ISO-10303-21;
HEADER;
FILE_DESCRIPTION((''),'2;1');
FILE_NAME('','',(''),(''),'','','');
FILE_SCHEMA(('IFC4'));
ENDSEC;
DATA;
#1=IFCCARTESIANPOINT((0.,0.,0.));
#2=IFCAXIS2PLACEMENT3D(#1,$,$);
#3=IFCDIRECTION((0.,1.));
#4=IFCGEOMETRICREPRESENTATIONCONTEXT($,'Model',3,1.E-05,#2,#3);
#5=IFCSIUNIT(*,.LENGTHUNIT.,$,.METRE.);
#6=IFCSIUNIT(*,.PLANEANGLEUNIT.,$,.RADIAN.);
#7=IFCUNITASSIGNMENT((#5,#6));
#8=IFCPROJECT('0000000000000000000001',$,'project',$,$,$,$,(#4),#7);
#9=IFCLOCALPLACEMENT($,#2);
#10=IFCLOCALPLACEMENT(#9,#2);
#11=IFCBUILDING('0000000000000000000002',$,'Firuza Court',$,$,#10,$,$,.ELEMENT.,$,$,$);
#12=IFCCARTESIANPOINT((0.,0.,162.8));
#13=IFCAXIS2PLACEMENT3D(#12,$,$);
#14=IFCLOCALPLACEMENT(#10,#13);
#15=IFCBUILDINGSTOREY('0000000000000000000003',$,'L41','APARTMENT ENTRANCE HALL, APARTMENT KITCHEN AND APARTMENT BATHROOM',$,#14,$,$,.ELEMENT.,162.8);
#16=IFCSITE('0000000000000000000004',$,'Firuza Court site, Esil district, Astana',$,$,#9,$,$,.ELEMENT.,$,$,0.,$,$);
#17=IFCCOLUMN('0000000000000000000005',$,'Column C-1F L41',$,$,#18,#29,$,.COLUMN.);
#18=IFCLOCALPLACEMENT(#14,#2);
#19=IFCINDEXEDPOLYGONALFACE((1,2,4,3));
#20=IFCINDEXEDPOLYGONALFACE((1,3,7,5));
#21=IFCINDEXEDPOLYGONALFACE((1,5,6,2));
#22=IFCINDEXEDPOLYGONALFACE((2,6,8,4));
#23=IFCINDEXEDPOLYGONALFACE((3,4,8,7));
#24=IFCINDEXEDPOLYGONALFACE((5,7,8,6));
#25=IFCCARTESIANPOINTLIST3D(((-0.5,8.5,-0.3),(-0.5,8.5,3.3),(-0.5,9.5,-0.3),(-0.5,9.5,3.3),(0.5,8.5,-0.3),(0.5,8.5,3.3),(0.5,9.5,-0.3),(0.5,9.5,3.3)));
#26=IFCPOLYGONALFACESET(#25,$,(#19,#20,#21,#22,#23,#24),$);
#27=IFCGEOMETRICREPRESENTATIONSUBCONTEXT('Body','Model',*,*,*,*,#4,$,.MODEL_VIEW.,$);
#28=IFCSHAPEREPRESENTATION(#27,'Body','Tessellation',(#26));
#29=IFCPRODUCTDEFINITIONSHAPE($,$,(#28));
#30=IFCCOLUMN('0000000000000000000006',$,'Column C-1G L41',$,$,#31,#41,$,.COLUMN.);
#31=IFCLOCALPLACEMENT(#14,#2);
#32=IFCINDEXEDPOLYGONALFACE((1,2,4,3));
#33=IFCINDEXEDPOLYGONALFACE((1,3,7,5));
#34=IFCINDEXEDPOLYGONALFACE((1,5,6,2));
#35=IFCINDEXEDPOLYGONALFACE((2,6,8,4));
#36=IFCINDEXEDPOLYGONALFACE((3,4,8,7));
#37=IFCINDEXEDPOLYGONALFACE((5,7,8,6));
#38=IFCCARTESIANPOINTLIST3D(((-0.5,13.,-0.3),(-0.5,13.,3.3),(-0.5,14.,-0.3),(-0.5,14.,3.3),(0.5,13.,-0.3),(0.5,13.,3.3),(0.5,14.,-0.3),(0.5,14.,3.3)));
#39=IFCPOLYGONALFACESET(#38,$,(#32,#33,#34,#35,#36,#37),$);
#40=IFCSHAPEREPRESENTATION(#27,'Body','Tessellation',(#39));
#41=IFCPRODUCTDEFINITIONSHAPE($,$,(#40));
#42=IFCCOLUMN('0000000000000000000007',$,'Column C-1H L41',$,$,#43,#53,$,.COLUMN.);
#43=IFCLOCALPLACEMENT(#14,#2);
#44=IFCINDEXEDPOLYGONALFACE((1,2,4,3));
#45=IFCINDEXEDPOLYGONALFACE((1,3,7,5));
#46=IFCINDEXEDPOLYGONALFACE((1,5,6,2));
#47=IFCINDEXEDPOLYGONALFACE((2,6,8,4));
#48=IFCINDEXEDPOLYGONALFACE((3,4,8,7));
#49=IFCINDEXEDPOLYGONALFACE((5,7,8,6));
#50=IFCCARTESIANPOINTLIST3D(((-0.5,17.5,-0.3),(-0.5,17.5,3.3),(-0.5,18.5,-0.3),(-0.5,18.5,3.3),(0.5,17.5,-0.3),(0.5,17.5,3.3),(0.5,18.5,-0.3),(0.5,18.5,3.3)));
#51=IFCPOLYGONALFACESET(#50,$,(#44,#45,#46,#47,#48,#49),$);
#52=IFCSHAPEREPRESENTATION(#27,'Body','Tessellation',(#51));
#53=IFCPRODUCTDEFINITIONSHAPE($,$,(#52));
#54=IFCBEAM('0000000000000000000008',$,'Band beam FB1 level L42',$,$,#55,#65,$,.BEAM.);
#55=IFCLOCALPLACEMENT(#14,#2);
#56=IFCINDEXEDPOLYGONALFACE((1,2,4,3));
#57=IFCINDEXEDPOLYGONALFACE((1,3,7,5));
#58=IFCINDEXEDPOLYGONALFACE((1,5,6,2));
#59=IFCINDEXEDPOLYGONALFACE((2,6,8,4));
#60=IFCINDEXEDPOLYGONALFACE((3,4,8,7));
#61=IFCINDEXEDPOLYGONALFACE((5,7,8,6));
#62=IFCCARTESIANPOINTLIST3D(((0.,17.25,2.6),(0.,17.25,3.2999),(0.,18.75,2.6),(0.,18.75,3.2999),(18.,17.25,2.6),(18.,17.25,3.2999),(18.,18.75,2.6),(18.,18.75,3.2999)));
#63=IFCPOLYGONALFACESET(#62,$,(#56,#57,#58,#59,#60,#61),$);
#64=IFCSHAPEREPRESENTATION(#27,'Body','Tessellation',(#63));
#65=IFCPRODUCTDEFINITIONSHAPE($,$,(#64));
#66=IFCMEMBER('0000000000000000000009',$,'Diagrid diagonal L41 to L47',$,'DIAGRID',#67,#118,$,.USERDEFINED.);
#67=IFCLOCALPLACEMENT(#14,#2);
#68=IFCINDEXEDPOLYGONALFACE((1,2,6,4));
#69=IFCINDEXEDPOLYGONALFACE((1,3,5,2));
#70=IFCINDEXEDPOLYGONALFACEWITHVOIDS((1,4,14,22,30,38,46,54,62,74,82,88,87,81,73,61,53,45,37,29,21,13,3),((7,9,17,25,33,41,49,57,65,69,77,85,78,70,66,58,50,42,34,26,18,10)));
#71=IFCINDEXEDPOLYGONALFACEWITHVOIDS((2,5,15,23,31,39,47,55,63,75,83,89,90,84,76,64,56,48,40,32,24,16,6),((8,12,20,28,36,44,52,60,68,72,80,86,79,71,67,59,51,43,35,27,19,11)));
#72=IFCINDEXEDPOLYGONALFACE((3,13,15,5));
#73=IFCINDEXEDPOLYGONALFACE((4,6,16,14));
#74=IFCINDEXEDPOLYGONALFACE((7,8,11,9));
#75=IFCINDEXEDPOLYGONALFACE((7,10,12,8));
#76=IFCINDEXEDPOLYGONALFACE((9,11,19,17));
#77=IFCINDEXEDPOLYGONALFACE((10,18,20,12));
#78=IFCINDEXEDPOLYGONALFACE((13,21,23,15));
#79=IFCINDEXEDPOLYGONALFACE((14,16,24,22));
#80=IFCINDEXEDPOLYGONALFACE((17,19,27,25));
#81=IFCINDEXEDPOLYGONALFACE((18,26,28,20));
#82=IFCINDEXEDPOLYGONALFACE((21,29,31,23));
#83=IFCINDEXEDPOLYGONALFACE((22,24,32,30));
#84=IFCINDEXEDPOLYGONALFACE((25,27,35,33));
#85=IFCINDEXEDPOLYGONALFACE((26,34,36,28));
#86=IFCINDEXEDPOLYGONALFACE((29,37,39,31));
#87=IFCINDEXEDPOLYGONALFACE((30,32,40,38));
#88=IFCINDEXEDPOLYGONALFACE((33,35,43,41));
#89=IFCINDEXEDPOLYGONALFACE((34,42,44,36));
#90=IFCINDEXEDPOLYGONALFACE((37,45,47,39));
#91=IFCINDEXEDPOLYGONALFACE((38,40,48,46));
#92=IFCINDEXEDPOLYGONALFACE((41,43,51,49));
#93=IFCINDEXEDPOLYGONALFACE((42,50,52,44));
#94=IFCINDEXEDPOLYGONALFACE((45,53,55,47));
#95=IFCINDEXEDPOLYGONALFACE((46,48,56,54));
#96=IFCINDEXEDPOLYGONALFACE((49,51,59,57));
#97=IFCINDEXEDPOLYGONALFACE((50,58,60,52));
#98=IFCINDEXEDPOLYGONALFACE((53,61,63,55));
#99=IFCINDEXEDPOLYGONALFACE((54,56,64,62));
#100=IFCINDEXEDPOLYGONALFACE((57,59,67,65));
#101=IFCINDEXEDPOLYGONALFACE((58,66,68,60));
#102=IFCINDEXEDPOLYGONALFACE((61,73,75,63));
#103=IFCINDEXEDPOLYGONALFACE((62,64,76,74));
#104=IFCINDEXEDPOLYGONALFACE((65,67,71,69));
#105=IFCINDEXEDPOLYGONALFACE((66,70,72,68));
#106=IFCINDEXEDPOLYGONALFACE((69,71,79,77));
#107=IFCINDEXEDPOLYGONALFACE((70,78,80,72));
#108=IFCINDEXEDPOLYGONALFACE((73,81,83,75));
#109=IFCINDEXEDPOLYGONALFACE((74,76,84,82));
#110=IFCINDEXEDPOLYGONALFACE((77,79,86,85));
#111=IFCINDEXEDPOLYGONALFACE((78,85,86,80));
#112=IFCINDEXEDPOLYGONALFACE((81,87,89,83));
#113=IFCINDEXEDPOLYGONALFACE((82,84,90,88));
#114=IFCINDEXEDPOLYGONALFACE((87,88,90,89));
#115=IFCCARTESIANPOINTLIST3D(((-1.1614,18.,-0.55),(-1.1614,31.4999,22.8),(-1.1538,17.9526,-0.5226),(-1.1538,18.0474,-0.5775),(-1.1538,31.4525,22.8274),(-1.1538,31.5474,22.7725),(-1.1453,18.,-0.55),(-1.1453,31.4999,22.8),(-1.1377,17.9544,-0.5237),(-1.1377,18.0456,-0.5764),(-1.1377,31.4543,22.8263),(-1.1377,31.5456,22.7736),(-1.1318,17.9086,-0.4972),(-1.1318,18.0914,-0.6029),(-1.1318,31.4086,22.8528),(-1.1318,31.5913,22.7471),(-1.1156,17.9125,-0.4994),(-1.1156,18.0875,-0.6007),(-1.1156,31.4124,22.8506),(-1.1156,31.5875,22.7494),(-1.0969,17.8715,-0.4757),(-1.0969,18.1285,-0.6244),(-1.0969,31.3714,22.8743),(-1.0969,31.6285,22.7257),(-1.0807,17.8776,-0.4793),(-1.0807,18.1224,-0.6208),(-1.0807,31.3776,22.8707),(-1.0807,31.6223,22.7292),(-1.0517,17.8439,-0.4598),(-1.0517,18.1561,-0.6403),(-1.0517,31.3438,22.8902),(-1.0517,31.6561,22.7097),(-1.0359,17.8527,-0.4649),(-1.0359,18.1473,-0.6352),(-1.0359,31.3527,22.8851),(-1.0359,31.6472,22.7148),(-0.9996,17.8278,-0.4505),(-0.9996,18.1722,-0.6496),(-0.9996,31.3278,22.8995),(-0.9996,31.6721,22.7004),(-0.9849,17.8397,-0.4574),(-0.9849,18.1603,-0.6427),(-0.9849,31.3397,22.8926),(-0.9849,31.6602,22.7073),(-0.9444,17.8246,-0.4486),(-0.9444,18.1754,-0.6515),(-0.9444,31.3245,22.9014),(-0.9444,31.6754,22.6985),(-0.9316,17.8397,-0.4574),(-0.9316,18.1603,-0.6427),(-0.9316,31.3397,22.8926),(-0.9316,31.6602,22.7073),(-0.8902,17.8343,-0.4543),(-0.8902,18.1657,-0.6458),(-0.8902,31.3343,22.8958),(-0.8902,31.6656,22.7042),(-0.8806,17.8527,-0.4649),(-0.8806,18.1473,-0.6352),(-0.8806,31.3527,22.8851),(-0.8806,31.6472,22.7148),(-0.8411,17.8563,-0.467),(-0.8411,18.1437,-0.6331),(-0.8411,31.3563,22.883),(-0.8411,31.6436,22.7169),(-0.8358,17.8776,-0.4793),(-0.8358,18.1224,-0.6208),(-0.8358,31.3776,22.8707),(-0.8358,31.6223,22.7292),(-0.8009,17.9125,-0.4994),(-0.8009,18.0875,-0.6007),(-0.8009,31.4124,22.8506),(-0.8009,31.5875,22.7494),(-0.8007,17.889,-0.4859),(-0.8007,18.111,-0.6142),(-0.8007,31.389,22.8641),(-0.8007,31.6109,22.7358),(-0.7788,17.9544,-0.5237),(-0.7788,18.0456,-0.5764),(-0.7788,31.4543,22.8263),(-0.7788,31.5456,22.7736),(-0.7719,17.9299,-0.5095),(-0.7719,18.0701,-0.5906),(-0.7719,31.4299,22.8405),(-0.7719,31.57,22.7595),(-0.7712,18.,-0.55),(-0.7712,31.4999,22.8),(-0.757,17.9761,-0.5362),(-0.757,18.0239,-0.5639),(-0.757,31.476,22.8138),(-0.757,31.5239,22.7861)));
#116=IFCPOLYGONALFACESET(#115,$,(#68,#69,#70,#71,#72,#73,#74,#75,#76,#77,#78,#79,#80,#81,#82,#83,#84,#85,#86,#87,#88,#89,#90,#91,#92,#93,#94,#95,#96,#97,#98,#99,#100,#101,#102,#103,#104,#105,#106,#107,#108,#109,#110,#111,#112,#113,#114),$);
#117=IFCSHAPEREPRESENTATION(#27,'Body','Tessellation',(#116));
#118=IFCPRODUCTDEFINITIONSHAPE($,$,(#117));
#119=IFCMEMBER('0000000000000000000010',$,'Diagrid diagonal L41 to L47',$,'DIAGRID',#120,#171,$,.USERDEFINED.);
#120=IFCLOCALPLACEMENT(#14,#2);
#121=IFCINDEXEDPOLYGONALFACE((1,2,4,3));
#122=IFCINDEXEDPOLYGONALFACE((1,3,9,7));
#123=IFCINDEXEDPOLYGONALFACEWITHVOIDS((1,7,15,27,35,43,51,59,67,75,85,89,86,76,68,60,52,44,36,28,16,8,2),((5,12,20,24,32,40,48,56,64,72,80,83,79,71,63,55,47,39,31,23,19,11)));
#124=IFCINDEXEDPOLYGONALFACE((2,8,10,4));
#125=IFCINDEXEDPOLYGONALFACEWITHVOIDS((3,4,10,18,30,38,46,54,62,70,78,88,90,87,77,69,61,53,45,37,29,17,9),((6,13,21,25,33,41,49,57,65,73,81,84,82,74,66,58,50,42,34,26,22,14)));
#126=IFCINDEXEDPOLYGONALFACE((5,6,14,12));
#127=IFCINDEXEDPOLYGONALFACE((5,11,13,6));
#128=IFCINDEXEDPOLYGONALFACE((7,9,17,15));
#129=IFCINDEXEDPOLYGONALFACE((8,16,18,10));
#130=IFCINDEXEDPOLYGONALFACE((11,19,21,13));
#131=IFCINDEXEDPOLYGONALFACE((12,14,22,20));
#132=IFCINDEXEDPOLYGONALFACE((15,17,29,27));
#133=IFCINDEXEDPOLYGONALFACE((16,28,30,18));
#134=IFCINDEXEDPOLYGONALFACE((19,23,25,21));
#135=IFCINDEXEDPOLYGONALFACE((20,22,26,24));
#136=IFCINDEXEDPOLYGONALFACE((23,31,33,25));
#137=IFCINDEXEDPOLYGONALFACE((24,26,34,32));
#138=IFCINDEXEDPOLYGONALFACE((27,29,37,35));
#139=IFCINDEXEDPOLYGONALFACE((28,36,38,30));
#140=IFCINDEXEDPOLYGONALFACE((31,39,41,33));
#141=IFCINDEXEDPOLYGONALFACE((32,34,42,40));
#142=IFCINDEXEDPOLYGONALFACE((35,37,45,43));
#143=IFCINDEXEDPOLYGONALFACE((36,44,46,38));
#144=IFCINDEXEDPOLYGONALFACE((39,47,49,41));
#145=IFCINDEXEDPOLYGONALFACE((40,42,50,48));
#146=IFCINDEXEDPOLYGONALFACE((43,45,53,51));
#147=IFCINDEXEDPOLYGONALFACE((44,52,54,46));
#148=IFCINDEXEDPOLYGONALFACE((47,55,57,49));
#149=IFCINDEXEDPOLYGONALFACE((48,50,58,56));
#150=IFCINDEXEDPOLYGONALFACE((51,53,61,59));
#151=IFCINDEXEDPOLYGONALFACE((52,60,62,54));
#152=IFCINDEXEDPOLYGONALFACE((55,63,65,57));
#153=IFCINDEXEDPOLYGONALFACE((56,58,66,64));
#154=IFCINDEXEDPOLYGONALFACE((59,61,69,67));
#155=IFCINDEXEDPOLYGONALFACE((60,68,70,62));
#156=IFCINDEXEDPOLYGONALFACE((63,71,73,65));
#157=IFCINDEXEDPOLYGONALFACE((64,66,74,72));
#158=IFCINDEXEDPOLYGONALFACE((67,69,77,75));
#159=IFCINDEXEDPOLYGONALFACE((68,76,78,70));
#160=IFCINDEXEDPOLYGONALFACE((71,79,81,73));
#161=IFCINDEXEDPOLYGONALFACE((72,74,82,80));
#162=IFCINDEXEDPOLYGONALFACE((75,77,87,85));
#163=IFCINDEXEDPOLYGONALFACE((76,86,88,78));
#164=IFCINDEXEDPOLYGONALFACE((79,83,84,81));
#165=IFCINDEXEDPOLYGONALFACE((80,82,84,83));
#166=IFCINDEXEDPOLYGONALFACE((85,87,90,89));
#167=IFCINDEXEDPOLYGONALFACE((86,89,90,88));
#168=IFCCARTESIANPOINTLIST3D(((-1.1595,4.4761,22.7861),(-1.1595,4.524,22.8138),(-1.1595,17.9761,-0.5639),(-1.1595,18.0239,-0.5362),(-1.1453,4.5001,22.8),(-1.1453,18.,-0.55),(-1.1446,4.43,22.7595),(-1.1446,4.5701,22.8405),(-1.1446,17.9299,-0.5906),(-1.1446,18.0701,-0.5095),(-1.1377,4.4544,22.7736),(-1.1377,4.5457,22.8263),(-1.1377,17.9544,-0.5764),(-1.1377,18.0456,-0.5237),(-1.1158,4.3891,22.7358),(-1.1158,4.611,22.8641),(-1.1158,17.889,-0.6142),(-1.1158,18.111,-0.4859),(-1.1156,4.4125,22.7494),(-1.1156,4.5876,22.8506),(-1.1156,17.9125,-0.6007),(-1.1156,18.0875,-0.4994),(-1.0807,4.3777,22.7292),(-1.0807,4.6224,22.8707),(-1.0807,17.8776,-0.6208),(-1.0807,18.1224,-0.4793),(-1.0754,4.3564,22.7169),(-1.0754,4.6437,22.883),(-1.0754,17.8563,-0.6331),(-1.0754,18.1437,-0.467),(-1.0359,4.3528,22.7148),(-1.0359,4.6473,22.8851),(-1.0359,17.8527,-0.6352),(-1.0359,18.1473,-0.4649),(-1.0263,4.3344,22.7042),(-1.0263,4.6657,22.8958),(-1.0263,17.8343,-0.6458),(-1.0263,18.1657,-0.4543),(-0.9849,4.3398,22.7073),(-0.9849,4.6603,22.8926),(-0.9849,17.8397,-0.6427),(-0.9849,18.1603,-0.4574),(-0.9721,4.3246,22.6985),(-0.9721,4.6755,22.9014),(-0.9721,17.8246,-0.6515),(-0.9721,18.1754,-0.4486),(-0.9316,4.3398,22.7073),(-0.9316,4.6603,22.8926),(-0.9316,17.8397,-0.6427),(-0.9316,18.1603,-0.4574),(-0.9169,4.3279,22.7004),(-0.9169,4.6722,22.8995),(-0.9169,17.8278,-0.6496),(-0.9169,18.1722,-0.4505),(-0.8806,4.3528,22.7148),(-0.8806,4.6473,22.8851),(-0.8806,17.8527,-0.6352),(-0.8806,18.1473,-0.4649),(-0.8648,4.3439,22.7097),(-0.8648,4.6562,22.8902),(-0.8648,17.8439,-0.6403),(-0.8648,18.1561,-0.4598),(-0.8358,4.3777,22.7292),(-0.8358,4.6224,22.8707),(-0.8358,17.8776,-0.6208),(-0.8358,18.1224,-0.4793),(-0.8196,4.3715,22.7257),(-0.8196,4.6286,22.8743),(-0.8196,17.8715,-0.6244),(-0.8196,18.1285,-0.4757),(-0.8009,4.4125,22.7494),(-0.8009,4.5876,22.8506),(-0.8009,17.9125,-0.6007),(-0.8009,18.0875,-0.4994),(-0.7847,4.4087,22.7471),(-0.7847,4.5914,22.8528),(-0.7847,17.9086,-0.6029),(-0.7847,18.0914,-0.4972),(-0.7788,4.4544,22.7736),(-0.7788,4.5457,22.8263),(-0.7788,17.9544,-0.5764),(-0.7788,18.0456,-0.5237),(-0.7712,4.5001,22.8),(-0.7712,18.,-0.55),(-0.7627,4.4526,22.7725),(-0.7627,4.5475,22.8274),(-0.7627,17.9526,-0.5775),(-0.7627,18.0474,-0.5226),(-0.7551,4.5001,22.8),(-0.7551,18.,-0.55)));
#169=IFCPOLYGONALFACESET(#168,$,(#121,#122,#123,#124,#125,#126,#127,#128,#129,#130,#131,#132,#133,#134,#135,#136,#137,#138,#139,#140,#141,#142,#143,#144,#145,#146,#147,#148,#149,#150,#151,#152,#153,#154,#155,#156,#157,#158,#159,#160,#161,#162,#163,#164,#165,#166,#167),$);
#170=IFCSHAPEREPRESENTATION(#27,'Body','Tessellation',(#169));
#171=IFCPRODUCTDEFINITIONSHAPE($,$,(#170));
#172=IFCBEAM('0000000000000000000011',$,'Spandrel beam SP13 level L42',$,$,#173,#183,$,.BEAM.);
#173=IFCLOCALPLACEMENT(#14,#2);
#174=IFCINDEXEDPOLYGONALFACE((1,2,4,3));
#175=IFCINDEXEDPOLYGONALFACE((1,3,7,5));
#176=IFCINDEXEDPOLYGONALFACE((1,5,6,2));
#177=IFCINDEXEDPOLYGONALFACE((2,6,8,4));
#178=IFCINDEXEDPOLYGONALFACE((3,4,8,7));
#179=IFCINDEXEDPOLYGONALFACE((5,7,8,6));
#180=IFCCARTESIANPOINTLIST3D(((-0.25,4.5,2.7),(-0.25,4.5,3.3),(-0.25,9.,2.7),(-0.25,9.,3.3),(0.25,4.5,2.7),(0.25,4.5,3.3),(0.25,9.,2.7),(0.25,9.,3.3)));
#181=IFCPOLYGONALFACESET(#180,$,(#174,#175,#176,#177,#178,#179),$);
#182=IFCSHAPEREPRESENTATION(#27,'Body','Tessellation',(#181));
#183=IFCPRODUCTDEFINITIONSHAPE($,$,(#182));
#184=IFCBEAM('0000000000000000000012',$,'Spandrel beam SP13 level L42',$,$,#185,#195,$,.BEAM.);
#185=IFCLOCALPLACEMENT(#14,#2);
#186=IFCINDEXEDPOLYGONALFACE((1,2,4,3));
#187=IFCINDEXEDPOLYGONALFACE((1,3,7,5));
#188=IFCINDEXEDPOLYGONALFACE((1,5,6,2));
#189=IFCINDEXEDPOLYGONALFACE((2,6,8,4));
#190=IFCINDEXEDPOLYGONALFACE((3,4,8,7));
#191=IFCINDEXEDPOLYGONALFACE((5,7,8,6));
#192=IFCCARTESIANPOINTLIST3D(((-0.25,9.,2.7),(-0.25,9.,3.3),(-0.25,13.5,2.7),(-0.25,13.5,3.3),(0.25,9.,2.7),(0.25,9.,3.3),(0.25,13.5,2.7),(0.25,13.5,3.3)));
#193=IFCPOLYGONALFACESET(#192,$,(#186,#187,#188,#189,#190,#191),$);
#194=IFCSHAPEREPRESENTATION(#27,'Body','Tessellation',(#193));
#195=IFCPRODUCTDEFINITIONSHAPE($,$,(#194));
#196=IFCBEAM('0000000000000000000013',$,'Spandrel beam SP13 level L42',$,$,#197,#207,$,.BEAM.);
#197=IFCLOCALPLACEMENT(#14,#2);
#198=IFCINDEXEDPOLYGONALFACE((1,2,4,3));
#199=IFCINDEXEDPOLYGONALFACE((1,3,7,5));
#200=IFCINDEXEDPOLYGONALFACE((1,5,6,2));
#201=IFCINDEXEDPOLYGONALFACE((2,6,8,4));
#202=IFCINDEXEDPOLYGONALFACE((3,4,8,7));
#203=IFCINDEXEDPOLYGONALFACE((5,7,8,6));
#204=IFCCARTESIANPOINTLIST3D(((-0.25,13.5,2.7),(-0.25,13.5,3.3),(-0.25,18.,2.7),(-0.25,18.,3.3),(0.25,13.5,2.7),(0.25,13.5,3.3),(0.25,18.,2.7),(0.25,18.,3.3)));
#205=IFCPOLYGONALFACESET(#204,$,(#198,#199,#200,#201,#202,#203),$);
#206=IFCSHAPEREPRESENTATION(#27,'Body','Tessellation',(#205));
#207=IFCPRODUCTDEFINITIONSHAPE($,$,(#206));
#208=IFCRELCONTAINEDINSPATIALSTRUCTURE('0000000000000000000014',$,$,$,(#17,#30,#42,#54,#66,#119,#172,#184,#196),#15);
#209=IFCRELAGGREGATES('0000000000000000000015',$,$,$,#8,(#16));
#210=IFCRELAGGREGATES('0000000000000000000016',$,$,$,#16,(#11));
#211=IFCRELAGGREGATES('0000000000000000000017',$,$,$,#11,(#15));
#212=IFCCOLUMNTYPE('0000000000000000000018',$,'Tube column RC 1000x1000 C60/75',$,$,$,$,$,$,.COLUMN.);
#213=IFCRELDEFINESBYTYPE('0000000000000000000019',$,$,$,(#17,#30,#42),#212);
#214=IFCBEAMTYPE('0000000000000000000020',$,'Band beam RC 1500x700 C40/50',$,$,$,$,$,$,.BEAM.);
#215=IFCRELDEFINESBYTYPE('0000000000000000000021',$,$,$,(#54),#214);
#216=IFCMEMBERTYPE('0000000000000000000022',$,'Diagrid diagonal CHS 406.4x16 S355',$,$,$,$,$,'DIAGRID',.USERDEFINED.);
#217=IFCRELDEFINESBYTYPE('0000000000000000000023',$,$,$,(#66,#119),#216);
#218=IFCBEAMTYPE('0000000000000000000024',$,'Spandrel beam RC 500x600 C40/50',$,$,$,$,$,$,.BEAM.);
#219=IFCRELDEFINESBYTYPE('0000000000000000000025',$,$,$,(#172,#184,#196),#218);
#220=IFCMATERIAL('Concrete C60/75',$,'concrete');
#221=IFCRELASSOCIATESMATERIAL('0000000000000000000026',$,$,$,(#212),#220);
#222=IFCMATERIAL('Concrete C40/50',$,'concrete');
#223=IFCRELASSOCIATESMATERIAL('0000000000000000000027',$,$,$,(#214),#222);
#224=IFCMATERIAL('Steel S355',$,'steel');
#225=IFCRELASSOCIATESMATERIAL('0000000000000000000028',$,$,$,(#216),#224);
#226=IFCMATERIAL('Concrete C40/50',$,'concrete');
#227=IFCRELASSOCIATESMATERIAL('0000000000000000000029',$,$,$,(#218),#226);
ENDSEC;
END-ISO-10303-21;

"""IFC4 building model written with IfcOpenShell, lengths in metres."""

from ifc_helpers import new_model, si_unit, direction, frame, origin, origin_2d, place, context, subcontext, project, spatial, rectangle, hollow_circle, extrude, material, material_profile, profile_set, type_object, element, save


model = new_model("IFC4")

# Units and contexts
model_context = context("Model", 3, precision=1e-05, world=origin(), true_north=direction((0.0, 1.0)))
body_context = subcontext(model_context, "Body", "Model", "MODEL_VIEW")
ifc_project = project(units=[si_unit("LENGTHUNIT", "METRE"), si_unit("PLANEANGLEUNIT", "RADIAN")], contexts=[model_context])

# Site, building, storey
site_placement = place(None, origin())
site = spatial("IfcSite", under=ifc_project, at=site_placement, Name="Firuza Court site, Esil district, Astana", CompositionType="ELEMENT", RefElevation=0.0)
building_placement = place(site_placement, origin())
building = spatial("IfcBuilding", under=site, at=building_placement, Name="Firuza Court", CompositionType="ELEMENT")
storey_placement = place(building_placement, frame((0.0, 0.0, 162.8)))
storey = spatial("IfcBuildingStorey", under=building, at=storey_placement, Name="L41", Description="APARTMENT ENTRANCE HALL, APARTMENT KITCHEN AND APARTMENT BATHROOM", CompositionType="ELEMENT", Elevation=162.8)

# Columns
ifc_material_1 = material(Name="Concrete C60/75", Category="concrete")
ifc_material_profile_1 = material_profile(ifc_material_1, rectangle(XDim=1.0, YDim=1.0, at=origin_2d()), Name="RC 1000x1000")
ifc_profile_set_1 = profile_set([ifc_material_profile_1], Name="Concrete C60/75")
column_type = type_object("IfcColumnType", Name="Tube column RC 1000x1000 C60/75", PredefinedType="COLUMN", material=ifc_profile_set_1)
for number, where, z_axis, x_axis, name in (
    (1, (0.0, 9.0, -0.3), (0.0, 0.0, 1.0), (1.0, 0.0, 0.0), "Column C-1F L41"),
    (2, (0.0, 13.5, -0.3), (0.0, 0.0, 1.0), (1.0, 0.0, 0.0), "Column C-1G L41"),
    (3, (0.0, 18.0, -0.3), (0.0, 0.0, 1.0), (1.0, 0.0, 0.0), "Column C-1H L41"),
):
    element("IfcColumn", number, at=place(storey_placement, frame(where, z_axis=z_axis, x_axis=x_axis)), inside=storey, type_object=column_type, Name=name, PredefinedType="COLUMN", context=body_context, shape_type="SweptSolid", body=[
        extrude(rectangle(XDim=1.0, YDim=1.0, at=origin_2d()), origin(), (0.0, 0.0, 1.0), 3.6001),
    ])

# Beam
ifc_material_2 = material(Name="Concrete C40/50", Category="concrete")
ifc_material_profile_2 = material_profile(ifc_material_2, rectangle(XDim=1.5, YDim=0.7, at=origin_2d()), Name="RC 1500x700")
ifc_profile_set_2 = profile_set([ifc_material_profile_2], Name="Concrete C40/50")
beam_type_1 = type_object("IfcBeamType", Name="Band beam RC 1500x700 C40/50", PredefinedType="BEAM", material=ifc_profile_set_2)
beam_placement = place(storey_placement, frame((0.0, 18.0, 2.95), z_axis=(1.0, 0.0, 0.0), x_axis=(0.0, 1.0, 0.0)))
element("IfcBeam", 4, at=beam_placement, inside=storey, type_object=beam_type_1, Name="Band beam FB1 level L42", PredefinedType="BEAM", context=body_context, shape_type="SweptSolid", body=[
    extrude(rectangle(XDim=1.5, YDim=0.7, at=origin_2d()), origin(), (0.0, 0.0, 1.0), 18.0),
])

# Members
ifc_material_3 = material(Name="Steel S355", Category="steel")
ifc_material_profile_3 = material_profile(ifc_material_3, hollow_circle(Radius=0.2031, WallThickness=0.0161, at=origin_2d()), Name="CHS 406.4x16")
ifc_profile_set_3 = profile_set([ifc_material_profile_3], Name="Steel S355")
member_type = type_object("IfcMemberType", Name="Diagrid diagonal CHS 406.4x16 S355", ElementType="DIAGRID", PredefinedType="USERDEFINED", material=ifc_profile_set_3)
for number, where, z_axis, x_axis, name in (
    (5, (-0.9583, 18.0, -0.55), (0.0, 0.500523, 0.865723), (-1.0, 0.0, 0.0), "Diagrid diagonal L41 to L47"),
    (6, (-0.9583, 18.0, -0.55), (0.0, -0.500523, 0.865723), (1.0, 0.0, 0.0), "Diagrid diagonal L41 to L47"),
):
    element("IfcMember", number, at=place(storey_placement, frame(where, z_axis=z_axis, x_axis=x_axis)), inside=storey, type_object=member_type, Name=name, ObjectType="DIAGRID", PredefinedType="USERDEFINED", context=body_context, shape_type="SweptSolid", body=[
        extrude(hollow_circle(Radius=0.2031, WallThickness=0.0161, at=origin_2d()), origin(), (0.0, 0.0, 1.0), 26.9717),
    ])

# Beams
ifc_material_4 = material(Name="Concrete C40/50", Category="concrete")
ifc_material_profile_4 = material_profile(ifc_material_4, rectangle(XDim=0.5, YDim=0.6001, at=origin_2d()), Name="RC 500x600")
ifc_profile_set_4 = profile_set([ifc_material_profile_4], Name="Concrete C40/50")
beam_type_2 = type_object("IfcBeamType", Name="Spandrel beam RC 500x600 C40/50", PredefinedType="BEAM", material=ifc_profile_set_4)
for number, where, z_axis, x_axis, name in (
    (7, (0.0, 9.0, 3.0), (0.0, -1.0, 0.0), (1.0, 0.0, 0.0), "Spandrel beam SP13 level L42"),
    (8, (0.0, 13.5, 3.0), (0.0, -1.0, 0.0), (1.0, 0.0, 0.0), "Spandrel beam SP13 level L42"),
    (9, (0.0, 18.0, 3.0), (0.0, -1.0, 0.0), (1.0, 0.0, 0.0), "Spandrel beam SP13 level L42"),
):
    element("IfcBeam", number, at=place(storey_placement, frame(where, z_axis=z_axis, x_axis=x_axis)), inside=storey, type_object=beam_type_2, Name=name, PredefinedType="BEAM", context=body_context, shape_type="SweptSolid", body=[
        extrude(rectangle(XDim=0.5, YDim=0.6001, at=origin_2d()), origin(), (0.0, 0.0, 1.0), 4.5),
    ])

save(model, "model.ifc")
